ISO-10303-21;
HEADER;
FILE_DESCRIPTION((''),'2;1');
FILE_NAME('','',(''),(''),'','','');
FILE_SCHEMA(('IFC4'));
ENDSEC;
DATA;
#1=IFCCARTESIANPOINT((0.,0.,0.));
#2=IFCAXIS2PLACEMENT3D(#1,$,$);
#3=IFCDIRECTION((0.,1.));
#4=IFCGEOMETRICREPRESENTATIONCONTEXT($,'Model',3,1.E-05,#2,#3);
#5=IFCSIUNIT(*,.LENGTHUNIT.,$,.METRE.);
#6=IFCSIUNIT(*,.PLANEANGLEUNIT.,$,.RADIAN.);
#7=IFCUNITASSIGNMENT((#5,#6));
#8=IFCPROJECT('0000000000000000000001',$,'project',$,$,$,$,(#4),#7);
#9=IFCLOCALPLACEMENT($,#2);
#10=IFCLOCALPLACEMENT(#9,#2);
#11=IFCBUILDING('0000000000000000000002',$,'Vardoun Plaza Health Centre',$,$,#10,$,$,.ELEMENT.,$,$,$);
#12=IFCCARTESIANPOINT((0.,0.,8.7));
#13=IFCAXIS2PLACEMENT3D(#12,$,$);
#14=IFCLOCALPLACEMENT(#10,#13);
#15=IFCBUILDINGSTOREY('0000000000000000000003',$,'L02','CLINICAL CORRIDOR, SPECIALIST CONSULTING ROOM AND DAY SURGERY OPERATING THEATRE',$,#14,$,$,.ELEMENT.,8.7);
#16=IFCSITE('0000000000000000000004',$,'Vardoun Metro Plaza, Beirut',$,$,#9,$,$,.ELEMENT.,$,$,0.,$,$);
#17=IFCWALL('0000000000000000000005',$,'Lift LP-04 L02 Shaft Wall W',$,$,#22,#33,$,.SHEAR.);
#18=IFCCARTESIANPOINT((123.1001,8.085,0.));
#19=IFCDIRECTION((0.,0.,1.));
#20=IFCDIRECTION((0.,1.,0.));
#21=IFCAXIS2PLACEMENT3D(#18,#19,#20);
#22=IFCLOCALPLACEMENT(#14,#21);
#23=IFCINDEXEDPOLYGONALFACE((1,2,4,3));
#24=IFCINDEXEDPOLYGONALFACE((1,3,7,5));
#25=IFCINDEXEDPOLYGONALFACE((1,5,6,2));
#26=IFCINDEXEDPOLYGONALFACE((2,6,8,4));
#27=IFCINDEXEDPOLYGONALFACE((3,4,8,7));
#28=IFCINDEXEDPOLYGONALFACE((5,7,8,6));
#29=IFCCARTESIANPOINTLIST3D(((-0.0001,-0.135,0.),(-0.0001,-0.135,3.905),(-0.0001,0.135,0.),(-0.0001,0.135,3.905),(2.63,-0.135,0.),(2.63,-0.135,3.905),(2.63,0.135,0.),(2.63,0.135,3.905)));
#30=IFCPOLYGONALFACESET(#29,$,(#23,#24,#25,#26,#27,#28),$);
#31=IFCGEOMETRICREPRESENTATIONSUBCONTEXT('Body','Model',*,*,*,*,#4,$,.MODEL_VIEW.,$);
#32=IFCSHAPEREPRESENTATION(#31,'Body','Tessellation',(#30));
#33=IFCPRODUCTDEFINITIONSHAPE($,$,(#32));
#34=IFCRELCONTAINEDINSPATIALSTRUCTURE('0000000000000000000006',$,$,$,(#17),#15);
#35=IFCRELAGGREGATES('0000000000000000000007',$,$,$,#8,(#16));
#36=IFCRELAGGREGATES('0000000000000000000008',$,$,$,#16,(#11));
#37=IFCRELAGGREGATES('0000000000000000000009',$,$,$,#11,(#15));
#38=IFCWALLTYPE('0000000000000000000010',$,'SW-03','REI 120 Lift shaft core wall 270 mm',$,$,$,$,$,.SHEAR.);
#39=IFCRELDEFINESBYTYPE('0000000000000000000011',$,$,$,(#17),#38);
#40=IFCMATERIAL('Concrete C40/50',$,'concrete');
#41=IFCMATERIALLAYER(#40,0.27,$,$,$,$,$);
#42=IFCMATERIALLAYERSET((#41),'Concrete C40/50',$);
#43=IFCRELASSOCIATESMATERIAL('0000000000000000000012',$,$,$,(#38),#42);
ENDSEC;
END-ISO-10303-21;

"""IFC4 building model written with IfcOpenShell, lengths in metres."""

from ifc_helpers import new_model, si_unit, direction, frame, frame_2d, origin, place, context, subcontext, project, spatial, rectangle, extrude, material, layer, layer_set, type_object, element, save


model = new_model("IFC4")

# Units and contexts
model_context = context("Model", 3, precision=1e-05, world=origin(), true_north=direction((0.0, 1.0)))
body_context = subcontext(model_context, "Body", "Model", "MODEL_VIEW")
ifc_project = project(units=[si_unit("LENGTHUNIT", "METRE"), si_unit("PLANEANGLEUNIT", "RADIAN")], contexts=[model_context])

# Site, building, storey
site_placement = place(None, origin())
site = spatial("IfcSite", under=ifc_project, at=site_placement, Name="Vardoun Metro Plaza, Beirut", CompositionType="ELEMENT", RefElevation=0.0)
building_placement = place(site_placement, origin())
building = spatial("IfcBuilding", under=site, at=building_placement, Name="Vardoun Plaza Health Centre", CompositionType="ELEMENT")
storey_placement = place(building_placement, frame((0.0, 0.0, 8.7)))
storey = spatial("IfcBuildingStorey", under=building, at=storey_placement, Name="L02", Description="CLINICAL CORRIDOR, SPECIALIST CONSULTING ROOM AND DAY SURGERY OPERATING THEATRE", CompositionType="ELEMENT", Elevation=8.7)

# Wall
ifc_material_1 = material(Name="Concrete C40/50", Category="concrete")
ifc_layer_1 = layer(ifc_material_1, 0.27)
ifc_layer_set_1 = layer_set([ifc_layer_1], Name="Concrete C40/50")
wall_type_1 = type_object("IfcWallType", Name="SW-03", Description="REI 120 Lift shaft core wall 270 mm", PredefinedType="SHEAR", material=ifc_layer_set_1)
wall_1_placement = place(storey_placement, frame((123.1001, 8.085, 0.0), z_axis=(0.0, 0.0, 1.0), x_axis=(0.0, 1.0, 0.0)))
element("IfcWall", 1, at=wall_1_placement, inside=storey, type_object=wall_type_1, Name="Lift LP-04 L02 Shaft Wall W", PredefinedType="SHEAR", context=body_context, shape_type="SweptSolid", body=[
    extrude(rectangle(XDim=2.6301, YDim=0.27, at=frame_2d((1.3149, 0.0))), origin(), (0.0, 0.0, 1.0), 3.905),
])

save(model, "model.ifc")
